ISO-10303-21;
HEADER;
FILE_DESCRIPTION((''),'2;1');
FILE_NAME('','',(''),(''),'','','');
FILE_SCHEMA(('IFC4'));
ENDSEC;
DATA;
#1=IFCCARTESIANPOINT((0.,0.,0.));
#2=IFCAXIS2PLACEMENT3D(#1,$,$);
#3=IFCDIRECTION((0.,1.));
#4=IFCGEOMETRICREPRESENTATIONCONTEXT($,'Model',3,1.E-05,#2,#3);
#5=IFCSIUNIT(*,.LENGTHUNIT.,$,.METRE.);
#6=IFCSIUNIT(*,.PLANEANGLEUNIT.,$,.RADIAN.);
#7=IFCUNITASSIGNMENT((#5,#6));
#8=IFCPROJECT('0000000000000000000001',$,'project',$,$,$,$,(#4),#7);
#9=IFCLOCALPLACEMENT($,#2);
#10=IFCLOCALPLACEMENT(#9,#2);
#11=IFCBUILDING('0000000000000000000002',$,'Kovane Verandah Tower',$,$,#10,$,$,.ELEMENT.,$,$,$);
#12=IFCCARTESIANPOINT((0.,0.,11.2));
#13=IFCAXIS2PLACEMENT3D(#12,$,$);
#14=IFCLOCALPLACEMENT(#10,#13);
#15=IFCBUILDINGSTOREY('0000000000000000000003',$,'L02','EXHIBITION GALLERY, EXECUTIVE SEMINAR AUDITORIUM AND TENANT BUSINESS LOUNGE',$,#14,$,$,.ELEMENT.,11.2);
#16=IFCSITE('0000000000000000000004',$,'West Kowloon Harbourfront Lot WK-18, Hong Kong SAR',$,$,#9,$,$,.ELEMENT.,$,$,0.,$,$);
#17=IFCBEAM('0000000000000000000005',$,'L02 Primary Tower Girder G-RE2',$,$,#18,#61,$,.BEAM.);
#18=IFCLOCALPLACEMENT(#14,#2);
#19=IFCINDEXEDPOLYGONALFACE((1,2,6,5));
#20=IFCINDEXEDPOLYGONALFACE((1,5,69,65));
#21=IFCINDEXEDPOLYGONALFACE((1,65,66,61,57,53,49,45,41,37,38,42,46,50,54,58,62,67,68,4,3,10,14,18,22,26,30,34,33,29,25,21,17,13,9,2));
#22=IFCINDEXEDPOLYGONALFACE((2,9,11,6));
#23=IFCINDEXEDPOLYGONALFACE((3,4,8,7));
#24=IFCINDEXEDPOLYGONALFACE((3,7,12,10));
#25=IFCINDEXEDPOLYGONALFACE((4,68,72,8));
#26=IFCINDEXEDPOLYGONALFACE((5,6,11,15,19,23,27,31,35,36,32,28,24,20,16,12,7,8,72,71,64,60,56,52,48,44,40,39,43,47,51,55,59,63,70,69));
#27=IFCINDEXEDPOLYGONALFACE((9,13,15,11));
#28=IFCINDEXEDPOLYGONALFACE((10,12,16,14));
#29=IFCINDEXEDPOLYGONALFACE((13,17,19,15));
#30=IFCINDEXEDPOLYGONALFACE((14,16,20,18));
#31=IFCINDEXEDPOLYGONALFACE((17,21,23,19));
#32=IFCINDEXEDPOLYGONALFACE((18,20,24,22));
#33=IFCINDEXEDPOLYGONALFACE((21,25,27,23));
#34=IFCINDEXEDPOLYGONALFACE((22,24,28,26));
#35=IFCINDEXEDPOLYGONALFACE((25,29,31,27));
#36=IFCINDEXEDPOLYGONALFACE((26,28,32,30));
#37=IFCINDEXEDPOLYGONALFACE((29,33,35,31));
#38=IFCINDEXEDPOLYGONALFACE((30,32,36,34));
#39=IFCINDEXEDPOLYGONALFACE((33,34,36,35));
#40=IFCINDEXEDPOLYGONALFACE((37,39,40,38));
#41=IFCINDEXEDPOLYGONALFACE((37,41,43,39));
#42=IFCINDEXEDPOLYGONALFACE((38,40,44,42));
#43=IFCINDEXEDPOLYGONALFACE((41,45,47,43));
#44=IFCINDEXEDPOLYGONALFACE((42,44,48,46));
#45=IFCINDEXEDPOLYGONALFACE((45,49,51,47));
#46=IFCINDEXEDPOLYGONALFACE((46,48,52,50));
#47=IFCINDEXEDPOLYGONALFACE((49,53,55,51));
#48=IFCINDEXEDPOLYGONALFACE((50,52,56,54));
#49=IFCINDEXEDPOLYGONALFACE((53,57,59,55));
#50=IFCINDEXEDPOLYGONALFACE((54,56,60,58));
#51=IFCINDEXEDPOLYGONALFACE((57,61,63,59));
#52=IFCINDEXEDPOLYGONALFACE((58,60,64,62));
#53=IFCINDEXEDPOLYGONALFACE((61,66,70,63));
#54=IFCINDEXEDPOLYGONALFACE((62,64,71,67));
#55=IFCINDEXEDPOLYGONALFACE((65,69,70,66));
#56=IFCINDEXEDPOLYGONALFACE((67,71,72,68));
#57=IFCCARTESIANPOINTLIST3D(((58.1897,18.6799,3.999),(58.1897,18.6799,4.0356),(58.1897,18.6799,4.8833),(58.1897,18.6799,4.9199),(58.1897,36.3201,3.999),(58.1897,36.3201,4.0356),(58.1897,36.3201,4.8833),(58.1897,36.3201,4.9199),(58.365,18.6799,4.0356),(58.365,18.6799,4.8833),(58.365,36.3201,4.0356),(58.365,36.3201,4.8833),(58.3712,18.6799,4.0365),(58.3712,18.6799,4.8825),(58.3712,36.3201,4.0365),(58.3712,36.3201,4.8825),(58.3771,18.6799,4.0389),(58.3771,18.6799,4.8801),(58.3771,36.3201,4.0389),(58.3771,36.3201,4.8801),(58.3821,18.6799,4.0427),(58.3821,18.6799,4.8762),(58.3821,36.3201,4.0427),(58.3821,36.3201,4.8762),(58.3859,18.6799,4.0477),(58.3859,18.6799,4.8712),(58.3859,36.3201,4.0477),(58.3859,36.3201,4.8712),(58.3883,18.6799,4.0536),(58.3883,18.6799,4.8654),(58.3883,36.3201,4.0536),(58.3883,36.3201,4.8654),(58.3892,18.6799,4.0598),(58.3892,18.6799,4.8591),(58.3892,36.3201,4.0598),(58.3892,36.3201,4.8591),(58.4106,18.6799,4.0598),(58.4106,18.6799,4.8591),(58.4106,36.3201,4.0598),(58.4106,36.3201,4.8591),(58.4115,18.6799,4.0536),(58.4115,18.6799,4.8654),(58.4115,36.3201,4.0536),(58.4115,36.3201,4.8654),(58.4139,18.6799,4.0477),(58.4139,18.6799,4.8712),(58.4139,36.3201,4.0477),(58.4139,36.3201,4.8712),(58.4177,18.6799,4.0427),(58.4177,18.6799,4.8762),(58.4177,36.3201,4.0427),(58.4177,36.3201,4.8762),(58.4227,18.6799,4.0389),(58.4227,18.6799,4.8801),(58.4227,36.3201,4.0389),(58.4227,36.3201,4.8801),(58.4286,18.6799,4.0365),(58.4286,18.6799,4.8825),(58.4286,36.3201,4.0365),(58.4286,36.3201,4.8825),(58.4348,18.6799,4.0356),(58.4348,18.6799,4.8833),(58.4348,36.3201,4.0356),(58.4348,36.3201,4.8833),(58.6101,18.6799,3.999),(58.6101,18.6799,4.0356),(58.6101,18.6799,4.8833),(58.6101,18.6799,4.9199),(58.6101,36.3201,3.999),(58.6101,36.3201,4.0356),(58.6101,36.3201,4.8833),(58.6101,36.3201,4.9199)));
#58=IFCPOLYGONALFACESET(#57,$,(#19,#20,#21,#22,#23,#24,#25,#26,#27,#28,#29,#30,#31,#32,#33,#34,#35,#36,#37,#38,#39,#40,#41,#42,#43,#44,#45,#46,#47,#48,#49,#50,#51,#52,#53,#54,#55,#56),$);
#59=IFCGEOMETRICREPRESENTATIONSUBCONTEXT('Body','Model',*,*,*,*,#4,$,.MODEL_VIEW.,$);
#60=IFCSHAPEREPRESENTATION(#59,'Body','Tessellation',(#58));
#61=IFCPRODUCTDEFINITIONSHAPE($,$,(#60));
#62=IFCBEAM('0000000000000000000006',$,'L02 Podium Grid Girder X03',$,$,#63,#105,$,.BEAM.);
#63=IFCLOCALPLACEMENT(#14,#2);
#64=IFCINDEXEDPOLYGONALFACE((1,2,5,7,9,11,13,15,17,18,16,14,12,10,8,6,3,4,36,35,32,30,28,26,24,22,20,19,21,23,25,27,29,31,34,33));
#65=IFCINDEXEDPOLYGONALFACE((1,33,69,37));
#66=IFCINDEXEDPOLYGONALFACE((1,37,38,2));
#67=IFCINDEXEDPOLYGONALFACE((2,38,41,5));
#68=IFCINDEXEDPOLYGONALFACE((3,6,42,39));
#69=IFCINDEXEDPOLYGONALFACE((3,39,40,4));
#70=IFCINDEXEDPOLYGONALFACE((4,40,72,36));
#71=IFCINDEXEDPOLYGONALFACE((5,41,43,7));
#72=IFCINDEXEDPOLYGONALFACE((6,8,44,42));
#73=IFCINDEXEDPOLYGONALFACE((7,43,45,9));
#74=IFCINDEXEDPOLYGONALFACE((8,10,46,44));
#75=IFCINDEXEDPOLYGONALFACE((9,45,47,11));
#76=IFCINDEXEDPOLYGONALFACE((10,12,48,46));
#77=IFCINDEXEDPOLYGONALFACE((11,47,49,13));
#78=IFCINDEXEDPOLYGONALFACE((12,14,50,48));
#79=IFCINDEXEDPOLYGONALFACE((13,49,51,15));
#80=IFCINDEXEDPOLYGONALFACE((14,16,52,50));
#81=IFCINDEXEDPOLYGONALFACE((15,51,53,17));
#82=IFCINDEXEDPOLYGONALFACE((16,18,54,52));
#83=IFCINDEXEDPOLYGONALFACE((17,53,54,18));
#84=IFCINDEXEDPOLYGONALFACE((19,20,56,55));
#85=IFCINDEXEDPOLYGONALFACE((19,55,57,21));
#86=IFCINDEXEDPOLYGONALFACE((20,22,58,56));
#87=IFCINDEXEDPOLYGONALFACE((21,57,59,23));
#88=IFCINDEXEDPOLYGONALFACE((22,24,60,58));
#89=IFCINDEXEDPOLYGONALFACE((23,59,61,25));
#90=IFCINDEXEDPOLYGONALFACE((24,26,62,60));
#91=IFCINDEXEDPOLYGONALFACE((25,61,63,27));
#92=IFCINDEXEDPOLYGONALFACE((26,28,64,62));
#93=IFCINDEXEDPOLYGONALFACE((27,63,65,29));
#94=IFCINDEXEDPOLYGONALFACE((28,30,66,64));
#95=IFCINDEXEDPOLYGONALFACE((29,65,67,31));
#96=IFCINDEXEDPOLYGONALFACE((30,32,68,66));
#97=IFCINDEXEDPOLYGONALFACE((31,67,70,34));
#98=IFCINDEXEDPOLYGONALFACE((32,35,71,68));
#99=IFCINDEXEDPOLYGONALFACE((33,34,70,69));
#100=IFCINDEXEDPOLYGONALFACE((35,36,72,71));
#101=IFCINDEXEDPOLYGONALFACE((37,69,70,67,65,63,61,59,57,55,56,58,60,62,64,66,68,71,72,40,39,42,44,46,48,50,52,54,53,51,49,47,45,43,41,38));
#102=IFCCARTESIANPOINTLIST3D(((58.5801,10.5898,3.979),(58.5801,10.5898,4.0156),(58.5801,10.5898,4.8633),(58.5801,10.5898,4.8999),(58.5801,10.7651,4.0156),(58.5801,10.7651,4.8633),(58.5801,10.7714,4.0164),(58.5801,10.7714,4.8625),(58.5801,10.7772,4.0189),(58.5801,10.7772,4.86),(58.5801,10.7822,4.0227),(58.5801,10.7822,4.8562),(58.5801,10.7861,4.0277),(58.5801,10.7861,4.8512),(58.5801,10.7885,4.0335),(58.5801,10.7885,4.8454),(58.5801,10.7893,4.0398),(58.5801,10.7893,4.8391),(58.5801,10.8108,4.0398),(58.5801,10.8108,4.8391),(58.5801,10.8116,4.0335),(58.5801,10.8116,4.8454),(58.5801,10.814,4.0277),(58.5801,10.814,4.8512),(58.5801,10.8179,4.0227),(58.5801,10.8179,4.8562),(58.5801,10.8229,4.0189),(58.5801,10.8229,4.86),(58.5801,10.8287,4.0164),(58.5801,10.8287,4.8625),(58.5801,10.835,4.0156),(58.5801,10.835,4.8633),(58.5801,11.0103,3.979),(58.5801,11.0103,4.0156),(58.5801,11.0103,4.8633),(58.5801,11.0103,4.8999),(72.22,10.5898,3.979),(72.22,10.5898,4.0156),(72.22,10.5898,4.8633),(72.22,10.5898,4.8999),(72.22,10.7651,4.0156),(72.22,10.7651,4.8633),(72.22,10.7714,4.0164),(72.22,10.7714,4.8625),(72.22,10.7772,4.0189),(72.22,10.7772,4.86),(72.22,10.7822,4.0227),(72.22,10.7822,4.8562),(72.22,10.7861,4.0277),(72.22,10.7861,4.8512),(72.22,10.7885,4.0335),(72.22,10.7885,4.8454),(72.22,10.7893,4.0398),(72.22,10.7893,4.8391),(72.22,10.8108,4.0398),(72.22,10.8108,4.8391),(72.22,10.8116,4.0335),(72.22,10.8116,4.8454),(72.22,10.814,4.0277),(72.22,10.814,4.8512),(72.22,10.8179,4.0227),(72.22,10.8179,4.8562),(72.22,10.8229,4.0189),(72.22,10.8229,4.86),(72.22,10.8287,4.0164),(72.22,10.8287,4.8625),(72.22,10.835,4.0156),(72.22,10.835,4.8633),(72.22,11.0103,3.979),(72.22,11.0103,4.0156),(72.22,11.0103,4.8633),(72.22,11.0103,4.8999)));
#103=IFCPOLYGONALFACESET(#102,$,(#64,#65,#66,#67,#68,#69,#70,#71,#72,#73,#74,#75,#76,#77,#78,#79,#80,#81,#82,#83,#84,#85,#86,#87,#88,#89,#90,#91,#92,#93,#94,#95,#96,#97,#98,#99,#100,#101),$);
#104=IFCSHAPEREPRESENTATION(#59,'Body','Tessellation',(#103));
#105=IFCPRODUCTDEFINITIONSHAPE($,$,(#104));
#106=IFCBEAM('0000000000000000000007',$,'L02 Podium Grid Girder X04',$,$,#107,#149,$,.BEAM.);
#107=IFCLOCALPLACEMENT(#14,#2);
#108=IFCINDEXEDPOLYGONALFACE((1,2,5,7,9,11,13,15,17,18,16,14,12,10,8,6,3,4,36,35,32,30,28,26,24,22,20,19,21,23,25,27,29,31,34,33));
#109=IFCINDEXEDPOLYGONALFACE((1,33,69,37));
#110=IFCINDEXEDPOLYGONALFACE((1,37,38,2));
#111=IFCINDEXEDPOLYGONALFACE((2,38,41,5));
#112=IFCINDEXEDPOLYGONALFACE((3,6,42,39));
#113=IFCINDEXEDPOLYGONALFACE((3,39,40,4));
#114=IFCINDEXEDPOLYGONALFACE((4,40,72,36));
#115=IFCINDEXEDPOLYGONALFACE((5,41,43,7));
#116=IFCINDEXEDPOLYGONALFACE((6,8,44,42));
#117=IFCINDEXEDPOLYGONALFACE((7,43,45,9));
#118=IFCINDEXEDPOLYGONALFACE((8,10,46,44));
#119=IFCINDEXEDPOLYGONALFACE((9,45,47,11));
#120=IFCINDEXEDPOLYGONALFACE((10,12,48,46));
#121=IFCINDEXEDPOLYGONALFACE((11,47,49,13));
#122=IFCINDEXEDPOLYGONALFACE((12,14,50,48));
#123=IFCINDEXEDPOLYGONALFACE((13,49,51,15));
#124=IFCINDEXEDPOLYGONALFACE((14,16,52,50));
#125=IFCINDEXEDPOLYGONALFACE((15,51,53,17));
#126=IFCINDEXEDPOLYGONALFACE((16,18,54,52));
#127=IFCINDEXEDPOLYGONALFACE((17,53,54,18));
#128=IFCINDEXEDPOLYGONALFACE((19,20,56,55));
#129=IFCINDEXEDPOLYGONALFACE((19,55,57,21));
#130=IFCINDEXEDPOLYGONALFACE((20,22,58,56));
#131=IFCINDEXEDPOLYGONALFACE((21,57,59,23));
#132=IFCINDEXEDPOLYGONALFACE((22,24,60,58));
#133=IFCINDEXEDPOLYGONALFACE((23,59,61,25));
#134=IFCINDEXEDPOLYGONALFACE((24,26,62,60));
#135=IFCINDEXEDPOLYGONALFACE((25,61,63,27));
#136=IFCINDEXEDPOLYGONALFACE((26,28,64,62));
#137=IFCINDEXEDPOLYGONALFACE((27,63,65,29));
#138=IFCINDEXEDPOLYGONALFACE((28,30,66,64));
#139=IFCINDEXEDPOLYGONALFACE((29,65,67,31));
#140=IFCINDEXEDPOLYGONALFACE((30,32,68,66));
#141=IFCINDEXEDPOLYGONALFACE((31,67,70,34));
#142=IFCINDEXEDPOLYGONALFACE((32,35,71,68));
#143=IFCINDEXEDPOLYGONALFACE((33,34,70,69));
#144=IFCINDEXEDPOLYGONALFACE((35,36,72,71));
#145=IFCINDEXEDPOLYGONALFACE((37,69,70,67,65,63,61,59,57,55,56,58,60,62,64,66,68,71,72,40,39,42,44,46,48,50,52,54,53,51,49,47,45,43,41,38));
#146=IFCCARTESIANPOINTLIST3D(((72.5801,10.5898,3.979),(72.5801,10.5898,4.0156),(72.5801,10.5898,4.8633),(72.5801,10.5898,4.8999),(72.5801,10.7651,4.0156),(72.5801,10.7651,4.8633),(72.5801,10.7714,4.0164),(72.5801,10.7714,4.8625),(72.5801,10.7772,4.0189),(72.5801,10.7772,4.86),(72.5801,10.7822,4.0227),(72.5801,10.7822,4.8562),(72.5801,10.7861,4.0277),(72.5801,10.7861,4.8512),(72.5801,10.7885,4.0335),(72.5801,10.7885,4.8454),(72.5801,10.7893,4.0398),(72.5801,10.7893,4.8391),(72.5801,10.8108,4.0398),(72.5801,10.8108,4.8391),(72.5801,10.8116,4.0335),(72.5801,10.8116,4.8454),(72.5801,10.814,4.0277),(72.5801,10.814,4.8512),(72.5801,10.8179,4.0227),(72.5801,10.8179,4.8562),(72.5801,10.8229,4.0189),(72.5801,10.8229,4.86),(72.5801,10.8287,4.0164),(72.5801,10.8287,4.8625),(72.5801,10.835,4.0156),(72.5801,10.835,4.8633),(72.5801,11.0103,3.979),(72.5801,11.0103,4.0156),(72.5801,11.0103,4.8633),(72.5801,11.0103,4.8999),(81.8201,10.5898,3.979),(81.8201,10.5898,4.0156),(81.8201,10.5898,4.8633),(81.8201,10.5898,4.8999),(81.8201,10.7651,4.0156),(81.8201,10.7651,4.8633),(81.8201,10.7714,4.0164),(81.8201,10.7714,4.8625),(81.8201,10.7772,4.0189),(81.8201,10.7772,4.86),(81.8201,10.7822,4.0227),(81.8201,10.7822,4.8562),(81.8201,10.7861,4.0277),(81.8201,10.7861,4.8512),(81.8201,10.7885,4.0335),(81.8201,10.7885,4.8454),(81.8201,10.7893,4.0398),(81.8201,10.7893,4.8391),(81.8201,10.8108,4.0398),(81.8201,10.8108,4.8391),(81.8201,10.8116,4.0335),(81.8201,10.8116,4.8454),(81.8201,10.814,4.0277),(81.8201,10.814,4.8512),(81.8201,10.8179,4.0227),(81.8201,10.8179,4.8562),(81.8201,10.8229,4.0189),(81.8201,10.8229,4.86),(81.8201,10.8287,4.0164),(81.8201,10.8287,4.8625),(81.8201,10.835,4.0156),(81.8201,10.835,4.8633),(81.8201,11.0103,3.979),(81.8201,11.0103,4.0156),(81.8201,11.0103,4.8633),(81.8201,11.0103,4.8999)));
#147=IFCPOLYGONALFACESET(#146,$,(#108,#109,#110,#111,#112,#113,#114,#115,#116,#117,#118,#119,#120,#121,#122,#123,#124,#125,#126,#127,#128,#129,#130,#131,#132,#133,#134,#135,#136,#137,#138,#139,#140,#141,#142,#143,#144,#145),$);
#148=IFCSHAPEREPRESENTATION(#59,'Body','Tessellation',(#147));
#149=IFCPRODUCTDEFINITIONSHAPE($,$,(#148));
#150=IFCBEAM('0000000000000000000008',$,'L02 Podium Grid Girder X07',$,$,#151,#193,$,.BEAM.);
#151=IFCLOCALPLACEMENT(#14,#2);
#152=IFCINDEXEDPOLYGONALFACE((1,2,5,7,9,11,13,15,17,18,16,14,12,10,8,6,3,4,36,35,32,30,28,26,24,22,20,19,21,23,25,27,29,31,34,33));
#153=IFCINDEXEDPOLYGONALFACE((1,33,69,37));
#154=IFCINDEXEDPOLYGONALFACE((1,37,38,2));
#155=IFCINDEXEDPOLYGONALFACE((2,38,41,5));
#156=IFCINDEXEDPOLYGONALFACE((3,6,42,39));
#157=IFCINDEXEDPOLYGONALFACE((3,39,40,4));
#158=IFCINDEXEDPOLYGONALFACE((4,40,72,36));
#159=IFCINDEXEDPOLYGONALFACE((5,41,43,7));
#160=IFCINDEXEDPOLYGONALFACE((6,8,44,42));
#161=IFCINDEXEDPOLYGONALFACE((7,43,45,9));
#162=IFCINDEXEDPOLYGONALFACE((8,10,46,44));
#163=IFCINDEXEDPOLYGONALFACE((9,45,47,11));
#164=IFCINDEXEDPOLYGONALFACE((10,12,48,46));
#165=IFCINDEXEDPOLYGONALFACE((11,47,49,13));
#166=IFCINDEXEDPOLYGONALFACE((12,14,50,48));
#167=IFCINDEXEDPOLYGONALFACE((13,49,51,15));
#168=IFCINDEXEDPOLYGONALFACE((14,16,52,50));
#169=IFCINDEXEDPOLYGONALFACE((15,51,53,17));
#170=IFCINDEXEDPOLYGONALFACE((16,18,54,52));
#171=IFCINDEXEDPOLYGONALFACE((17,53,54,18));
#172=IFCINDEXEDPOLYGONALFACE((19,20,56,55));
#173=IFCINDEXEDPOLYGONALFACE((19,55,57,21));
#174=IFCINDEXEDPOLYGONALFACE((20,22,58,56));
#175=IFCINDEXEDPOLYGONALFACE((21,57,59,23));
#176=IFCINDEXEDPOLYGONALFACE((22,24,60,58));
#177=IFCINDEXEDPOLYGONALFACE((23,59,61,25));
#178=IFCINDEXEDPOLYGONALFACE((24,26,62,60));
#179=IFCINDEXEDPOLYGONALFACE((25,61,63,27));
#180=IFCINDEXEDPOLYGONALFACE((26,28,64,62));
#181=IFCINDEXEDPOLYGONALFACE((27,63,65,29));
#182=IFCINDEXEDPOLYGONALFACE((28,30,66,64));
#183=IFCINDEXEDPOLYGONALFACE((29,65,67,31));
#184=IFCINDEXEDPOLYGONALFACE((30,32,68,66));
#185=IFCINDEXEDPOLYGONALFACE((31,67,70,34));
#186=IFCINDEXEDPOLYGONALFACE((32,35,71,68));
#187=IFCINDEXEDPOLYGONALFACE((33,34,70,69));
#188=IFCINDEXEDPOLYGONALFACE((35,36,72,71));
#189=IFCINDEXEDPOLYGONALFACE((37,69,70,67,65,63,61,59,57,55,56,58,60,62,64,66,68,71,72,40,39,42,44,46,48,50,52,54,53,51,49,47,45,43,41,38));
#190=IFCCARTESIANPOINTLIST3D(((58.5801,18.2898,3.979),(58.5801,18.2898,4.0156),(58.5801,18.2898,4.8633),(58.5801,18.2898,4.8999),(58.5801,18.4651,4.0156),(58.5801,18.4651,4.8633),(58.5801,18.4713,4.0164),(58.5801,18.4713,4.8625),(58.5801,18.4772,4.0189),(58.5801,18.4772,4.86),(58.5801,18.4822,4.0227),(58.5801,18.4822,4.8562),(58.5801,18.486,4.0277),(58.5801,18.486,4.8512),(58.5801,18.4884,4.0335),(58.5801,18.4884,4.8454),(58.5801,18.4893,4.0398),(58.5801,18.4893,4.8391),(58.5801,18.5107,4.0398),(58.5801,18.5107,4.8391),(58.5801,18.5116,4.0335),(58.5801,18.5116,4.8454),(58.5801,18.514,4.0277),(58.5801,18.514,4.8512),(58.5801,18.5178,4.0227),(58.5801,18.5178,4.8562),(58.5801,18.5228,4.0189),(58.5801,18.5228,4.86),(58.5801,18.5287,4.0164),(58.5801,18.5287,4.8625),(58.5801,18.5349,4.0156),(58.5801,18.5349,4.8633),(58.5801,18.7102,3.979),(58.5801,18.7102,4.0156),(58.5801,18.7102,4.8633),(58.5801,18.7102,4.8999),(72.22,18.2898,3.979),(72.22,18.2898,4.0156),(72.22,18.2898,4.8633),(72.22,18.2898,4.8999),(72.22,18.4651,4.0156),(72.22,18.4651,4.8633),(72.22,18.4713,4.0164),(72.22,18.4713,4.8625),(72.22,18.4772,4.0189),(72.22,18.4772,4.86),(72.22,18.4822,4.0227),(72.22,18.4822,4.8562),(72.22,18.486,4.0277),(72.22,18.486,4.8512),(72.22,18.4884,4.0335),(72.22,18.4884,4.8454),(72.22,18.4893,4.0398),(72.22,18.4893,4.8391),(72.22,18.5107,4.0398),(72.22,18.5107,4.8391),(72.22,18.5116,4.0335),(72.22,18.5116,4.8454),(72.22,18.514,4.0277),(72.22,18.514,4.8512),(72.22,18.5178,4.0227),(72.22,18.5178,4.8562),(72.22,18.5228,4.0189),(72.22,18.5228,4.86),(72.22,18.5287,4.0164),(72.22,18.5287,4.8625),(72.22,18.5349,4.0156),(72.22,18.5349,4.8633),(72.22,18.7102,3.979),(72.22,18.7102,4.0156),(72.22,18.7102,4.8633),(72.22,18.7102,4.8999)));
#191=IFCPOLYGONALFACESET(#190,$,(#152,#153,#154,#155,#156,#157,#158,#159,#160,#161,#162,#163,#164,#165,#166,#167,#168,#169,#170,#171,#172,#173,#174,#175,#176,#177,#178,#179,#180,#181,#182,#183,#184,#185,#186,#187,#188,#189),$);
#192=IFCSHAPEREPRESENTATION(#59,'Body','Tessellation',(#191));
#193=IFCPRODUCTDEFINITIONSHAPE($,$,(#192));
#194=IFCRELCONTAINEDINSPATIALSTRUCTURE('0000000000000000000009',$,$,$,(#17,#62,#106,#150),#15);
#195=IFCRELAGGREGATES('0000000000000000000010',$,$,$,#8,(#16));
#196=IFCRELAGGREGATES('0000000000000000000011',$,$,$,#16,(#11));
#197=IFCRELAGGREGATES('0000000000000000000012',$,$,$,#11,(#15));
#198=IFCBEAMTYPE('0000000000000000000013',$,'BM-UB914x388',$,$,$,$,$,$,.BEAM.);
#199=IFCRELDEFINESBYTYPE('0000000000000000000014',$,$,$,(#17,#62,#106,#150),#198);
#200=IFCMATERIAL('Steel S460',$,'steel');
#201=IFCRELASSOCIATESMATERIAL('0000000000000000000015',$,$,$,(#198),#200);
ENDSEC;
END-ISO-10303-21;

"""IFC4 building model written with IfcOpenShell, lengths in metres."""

from ifc_helpers import new_model, si_unit, direction, frame, origin, origin_2d, place, context, subcontext, project, spatial, i_section, extrude, material, material_profile, profile_set, type_object, element, save


model = new_model("IFC4")

# Units and contexts
model_context = context("Model", 3, precision=1e-05, world=origin(), true_north=direction((0.0, 1.0)))
body_context = subcontext(model_context, "Body", "Model", "MODEL_VIEW")
ifc_project = project(units=[si_unit("LENGTHUNIT", "METRE"), si_unit("PLANEANGLEUNIT", "RADIAN")], contexts=[model_context])

# Site, building, storey
site_placement = place(None, origin())
site = spatial("IfcSite", under=ifc_project, at=site_placement, Name="West Kowloon Harbourfront Lot WK-18, Hong Kong SAR", CompositionType="ELEMENT", RefElevation=0.0)
building_placement = place(site_placement, origin())
building = spatial("IfcBuilding", under=site, at=building_placement, Name="Kovane Verandah Tower", CompositionType="ELEMENT")
storey_placement = place(building_placement, frame((0.0, 0.0, 11.2)))
storey = spatial("IfcBuildingStorey", under=building, at=storey_placement, Name="L02", Description="EXHIBITION GALLERY, EXECUTIVE SEMINAR AUDITORIUM AND TENANT BUSINESS LOUNGE", CompositionType="ELEMENT", Elevation=11.2)

# Shared definitions
ifc_material_1 = material(Name="Steel S460", Category="steel")

# Beams
ifc_material_profile_1 = material_profile(ifc_material_1, i_section(OverallWidth=0.4204, OverallDepth=0.9209, WebThickness=0.0215, FlangeThickness=0.0366, FilletRadius=0.0242, at=origin_2d()), Name="UB914x419x388")
ifc_profile_set_1 = profile_set([ifc_material_profile_1], Name="Steel S460")
beam_type = type_object("IfcBeamType", Name="BM-UB914x388", PredefinedType="BEAM", material=ifc_profile_set_1)
beam_1_placement = place(storey_placement, frame((58.3999, 18.6799, 4.4595), z_axis=(0.0, 1.0, 0.0), x_axis=(-1.0, 0.0, 0.0)))
element("IfcBeam", 1, at=beam_1_placement, inside=storey, type_object=beam_type, Name="L02 Primary Tower Girder G-RE2", PredefinedType="BEAM", context=body_context, shape_type="SweptSolid", body=[
    extrude(i_section(OverallWidth=0.4204, OverallDepth=0.9209, WebThickness=0.0215, FlangeThickness=0.0366, FilletRadius=0.0242, at=origin_2d()), origin(), (0.0, 0.0, 1.0), 17.6401),
])
beam_2_placement = place(storey_placement, frame((58.5801, 10.8, 4.4395), z_axis=(1.0, 0.0, 0.0), x_axis=(0.0, 1.0, 0.0)))
element("IfcBeam", 2, at=beam_2_placement, inside=storey, type_object=beam_type, Name="L02 Podium Grid Girder X03", PredefinedType="BEAM", context=body_context, shape_type="SweptSolid", body=[
    extrude(i_section(OverallWidth=0.4204, OverallDepth=0.9209, WebThickness=0.0215, FlangeThickness=0.0366, FilletRadius=0.0242, at=origin_2d()), origin(), (0.0, 0.0, 1.0), 13.6399),
])
beam_3_placement = place(storey_placement, frame((72.5801, 10.8, 4.4395), z_axis=(1.0, 0.0, 0.0), x_axis=(0.0, 1.0, 0.0)))
element("IfcBeam", 3, at=beam_3_placement, inside=storey, type_object=beam_type, Name="L02 Podium Grid Girder X04", PredefinedType="BEAM", context=body_context, shape_type="SweptSolid", body=[
    extrude(i_section(OverallWidth=0.4204, OverallDepth=0.9209, WebThickness=0.0215, FlangeThickness=0.0366, FilletRadius=0.0242, at=origin_2d()), origin(), (0.0, 0.0, 1.0), 9.24),
])
beam_4_placement = place(storey_placement, frame((58.5801, 18.5, 4.4395), z_axis=(1.0, 0.0, 0.0), x_axis=(0.0, 1.0, 0.0)))
element("IfcBeam", 4, at=beam_4_placement, inside=storey, type_object=beam_type, Name="L02 Podium Grid Girder X07", PredefinedType="BEAM", context=body_context, shape_type="SweptSolid", body=[
    extrude(i_section(OverallWidth=0.4204, OverallDepth=0.9209, WebThickness=0.0215, FlangeThickness=0.0366, FilletRadius=0.0242, at=origin_2d()), origin(), (0.0, 0.0, 1.0), 13.6399),
])

save(model, "model.ifc")
